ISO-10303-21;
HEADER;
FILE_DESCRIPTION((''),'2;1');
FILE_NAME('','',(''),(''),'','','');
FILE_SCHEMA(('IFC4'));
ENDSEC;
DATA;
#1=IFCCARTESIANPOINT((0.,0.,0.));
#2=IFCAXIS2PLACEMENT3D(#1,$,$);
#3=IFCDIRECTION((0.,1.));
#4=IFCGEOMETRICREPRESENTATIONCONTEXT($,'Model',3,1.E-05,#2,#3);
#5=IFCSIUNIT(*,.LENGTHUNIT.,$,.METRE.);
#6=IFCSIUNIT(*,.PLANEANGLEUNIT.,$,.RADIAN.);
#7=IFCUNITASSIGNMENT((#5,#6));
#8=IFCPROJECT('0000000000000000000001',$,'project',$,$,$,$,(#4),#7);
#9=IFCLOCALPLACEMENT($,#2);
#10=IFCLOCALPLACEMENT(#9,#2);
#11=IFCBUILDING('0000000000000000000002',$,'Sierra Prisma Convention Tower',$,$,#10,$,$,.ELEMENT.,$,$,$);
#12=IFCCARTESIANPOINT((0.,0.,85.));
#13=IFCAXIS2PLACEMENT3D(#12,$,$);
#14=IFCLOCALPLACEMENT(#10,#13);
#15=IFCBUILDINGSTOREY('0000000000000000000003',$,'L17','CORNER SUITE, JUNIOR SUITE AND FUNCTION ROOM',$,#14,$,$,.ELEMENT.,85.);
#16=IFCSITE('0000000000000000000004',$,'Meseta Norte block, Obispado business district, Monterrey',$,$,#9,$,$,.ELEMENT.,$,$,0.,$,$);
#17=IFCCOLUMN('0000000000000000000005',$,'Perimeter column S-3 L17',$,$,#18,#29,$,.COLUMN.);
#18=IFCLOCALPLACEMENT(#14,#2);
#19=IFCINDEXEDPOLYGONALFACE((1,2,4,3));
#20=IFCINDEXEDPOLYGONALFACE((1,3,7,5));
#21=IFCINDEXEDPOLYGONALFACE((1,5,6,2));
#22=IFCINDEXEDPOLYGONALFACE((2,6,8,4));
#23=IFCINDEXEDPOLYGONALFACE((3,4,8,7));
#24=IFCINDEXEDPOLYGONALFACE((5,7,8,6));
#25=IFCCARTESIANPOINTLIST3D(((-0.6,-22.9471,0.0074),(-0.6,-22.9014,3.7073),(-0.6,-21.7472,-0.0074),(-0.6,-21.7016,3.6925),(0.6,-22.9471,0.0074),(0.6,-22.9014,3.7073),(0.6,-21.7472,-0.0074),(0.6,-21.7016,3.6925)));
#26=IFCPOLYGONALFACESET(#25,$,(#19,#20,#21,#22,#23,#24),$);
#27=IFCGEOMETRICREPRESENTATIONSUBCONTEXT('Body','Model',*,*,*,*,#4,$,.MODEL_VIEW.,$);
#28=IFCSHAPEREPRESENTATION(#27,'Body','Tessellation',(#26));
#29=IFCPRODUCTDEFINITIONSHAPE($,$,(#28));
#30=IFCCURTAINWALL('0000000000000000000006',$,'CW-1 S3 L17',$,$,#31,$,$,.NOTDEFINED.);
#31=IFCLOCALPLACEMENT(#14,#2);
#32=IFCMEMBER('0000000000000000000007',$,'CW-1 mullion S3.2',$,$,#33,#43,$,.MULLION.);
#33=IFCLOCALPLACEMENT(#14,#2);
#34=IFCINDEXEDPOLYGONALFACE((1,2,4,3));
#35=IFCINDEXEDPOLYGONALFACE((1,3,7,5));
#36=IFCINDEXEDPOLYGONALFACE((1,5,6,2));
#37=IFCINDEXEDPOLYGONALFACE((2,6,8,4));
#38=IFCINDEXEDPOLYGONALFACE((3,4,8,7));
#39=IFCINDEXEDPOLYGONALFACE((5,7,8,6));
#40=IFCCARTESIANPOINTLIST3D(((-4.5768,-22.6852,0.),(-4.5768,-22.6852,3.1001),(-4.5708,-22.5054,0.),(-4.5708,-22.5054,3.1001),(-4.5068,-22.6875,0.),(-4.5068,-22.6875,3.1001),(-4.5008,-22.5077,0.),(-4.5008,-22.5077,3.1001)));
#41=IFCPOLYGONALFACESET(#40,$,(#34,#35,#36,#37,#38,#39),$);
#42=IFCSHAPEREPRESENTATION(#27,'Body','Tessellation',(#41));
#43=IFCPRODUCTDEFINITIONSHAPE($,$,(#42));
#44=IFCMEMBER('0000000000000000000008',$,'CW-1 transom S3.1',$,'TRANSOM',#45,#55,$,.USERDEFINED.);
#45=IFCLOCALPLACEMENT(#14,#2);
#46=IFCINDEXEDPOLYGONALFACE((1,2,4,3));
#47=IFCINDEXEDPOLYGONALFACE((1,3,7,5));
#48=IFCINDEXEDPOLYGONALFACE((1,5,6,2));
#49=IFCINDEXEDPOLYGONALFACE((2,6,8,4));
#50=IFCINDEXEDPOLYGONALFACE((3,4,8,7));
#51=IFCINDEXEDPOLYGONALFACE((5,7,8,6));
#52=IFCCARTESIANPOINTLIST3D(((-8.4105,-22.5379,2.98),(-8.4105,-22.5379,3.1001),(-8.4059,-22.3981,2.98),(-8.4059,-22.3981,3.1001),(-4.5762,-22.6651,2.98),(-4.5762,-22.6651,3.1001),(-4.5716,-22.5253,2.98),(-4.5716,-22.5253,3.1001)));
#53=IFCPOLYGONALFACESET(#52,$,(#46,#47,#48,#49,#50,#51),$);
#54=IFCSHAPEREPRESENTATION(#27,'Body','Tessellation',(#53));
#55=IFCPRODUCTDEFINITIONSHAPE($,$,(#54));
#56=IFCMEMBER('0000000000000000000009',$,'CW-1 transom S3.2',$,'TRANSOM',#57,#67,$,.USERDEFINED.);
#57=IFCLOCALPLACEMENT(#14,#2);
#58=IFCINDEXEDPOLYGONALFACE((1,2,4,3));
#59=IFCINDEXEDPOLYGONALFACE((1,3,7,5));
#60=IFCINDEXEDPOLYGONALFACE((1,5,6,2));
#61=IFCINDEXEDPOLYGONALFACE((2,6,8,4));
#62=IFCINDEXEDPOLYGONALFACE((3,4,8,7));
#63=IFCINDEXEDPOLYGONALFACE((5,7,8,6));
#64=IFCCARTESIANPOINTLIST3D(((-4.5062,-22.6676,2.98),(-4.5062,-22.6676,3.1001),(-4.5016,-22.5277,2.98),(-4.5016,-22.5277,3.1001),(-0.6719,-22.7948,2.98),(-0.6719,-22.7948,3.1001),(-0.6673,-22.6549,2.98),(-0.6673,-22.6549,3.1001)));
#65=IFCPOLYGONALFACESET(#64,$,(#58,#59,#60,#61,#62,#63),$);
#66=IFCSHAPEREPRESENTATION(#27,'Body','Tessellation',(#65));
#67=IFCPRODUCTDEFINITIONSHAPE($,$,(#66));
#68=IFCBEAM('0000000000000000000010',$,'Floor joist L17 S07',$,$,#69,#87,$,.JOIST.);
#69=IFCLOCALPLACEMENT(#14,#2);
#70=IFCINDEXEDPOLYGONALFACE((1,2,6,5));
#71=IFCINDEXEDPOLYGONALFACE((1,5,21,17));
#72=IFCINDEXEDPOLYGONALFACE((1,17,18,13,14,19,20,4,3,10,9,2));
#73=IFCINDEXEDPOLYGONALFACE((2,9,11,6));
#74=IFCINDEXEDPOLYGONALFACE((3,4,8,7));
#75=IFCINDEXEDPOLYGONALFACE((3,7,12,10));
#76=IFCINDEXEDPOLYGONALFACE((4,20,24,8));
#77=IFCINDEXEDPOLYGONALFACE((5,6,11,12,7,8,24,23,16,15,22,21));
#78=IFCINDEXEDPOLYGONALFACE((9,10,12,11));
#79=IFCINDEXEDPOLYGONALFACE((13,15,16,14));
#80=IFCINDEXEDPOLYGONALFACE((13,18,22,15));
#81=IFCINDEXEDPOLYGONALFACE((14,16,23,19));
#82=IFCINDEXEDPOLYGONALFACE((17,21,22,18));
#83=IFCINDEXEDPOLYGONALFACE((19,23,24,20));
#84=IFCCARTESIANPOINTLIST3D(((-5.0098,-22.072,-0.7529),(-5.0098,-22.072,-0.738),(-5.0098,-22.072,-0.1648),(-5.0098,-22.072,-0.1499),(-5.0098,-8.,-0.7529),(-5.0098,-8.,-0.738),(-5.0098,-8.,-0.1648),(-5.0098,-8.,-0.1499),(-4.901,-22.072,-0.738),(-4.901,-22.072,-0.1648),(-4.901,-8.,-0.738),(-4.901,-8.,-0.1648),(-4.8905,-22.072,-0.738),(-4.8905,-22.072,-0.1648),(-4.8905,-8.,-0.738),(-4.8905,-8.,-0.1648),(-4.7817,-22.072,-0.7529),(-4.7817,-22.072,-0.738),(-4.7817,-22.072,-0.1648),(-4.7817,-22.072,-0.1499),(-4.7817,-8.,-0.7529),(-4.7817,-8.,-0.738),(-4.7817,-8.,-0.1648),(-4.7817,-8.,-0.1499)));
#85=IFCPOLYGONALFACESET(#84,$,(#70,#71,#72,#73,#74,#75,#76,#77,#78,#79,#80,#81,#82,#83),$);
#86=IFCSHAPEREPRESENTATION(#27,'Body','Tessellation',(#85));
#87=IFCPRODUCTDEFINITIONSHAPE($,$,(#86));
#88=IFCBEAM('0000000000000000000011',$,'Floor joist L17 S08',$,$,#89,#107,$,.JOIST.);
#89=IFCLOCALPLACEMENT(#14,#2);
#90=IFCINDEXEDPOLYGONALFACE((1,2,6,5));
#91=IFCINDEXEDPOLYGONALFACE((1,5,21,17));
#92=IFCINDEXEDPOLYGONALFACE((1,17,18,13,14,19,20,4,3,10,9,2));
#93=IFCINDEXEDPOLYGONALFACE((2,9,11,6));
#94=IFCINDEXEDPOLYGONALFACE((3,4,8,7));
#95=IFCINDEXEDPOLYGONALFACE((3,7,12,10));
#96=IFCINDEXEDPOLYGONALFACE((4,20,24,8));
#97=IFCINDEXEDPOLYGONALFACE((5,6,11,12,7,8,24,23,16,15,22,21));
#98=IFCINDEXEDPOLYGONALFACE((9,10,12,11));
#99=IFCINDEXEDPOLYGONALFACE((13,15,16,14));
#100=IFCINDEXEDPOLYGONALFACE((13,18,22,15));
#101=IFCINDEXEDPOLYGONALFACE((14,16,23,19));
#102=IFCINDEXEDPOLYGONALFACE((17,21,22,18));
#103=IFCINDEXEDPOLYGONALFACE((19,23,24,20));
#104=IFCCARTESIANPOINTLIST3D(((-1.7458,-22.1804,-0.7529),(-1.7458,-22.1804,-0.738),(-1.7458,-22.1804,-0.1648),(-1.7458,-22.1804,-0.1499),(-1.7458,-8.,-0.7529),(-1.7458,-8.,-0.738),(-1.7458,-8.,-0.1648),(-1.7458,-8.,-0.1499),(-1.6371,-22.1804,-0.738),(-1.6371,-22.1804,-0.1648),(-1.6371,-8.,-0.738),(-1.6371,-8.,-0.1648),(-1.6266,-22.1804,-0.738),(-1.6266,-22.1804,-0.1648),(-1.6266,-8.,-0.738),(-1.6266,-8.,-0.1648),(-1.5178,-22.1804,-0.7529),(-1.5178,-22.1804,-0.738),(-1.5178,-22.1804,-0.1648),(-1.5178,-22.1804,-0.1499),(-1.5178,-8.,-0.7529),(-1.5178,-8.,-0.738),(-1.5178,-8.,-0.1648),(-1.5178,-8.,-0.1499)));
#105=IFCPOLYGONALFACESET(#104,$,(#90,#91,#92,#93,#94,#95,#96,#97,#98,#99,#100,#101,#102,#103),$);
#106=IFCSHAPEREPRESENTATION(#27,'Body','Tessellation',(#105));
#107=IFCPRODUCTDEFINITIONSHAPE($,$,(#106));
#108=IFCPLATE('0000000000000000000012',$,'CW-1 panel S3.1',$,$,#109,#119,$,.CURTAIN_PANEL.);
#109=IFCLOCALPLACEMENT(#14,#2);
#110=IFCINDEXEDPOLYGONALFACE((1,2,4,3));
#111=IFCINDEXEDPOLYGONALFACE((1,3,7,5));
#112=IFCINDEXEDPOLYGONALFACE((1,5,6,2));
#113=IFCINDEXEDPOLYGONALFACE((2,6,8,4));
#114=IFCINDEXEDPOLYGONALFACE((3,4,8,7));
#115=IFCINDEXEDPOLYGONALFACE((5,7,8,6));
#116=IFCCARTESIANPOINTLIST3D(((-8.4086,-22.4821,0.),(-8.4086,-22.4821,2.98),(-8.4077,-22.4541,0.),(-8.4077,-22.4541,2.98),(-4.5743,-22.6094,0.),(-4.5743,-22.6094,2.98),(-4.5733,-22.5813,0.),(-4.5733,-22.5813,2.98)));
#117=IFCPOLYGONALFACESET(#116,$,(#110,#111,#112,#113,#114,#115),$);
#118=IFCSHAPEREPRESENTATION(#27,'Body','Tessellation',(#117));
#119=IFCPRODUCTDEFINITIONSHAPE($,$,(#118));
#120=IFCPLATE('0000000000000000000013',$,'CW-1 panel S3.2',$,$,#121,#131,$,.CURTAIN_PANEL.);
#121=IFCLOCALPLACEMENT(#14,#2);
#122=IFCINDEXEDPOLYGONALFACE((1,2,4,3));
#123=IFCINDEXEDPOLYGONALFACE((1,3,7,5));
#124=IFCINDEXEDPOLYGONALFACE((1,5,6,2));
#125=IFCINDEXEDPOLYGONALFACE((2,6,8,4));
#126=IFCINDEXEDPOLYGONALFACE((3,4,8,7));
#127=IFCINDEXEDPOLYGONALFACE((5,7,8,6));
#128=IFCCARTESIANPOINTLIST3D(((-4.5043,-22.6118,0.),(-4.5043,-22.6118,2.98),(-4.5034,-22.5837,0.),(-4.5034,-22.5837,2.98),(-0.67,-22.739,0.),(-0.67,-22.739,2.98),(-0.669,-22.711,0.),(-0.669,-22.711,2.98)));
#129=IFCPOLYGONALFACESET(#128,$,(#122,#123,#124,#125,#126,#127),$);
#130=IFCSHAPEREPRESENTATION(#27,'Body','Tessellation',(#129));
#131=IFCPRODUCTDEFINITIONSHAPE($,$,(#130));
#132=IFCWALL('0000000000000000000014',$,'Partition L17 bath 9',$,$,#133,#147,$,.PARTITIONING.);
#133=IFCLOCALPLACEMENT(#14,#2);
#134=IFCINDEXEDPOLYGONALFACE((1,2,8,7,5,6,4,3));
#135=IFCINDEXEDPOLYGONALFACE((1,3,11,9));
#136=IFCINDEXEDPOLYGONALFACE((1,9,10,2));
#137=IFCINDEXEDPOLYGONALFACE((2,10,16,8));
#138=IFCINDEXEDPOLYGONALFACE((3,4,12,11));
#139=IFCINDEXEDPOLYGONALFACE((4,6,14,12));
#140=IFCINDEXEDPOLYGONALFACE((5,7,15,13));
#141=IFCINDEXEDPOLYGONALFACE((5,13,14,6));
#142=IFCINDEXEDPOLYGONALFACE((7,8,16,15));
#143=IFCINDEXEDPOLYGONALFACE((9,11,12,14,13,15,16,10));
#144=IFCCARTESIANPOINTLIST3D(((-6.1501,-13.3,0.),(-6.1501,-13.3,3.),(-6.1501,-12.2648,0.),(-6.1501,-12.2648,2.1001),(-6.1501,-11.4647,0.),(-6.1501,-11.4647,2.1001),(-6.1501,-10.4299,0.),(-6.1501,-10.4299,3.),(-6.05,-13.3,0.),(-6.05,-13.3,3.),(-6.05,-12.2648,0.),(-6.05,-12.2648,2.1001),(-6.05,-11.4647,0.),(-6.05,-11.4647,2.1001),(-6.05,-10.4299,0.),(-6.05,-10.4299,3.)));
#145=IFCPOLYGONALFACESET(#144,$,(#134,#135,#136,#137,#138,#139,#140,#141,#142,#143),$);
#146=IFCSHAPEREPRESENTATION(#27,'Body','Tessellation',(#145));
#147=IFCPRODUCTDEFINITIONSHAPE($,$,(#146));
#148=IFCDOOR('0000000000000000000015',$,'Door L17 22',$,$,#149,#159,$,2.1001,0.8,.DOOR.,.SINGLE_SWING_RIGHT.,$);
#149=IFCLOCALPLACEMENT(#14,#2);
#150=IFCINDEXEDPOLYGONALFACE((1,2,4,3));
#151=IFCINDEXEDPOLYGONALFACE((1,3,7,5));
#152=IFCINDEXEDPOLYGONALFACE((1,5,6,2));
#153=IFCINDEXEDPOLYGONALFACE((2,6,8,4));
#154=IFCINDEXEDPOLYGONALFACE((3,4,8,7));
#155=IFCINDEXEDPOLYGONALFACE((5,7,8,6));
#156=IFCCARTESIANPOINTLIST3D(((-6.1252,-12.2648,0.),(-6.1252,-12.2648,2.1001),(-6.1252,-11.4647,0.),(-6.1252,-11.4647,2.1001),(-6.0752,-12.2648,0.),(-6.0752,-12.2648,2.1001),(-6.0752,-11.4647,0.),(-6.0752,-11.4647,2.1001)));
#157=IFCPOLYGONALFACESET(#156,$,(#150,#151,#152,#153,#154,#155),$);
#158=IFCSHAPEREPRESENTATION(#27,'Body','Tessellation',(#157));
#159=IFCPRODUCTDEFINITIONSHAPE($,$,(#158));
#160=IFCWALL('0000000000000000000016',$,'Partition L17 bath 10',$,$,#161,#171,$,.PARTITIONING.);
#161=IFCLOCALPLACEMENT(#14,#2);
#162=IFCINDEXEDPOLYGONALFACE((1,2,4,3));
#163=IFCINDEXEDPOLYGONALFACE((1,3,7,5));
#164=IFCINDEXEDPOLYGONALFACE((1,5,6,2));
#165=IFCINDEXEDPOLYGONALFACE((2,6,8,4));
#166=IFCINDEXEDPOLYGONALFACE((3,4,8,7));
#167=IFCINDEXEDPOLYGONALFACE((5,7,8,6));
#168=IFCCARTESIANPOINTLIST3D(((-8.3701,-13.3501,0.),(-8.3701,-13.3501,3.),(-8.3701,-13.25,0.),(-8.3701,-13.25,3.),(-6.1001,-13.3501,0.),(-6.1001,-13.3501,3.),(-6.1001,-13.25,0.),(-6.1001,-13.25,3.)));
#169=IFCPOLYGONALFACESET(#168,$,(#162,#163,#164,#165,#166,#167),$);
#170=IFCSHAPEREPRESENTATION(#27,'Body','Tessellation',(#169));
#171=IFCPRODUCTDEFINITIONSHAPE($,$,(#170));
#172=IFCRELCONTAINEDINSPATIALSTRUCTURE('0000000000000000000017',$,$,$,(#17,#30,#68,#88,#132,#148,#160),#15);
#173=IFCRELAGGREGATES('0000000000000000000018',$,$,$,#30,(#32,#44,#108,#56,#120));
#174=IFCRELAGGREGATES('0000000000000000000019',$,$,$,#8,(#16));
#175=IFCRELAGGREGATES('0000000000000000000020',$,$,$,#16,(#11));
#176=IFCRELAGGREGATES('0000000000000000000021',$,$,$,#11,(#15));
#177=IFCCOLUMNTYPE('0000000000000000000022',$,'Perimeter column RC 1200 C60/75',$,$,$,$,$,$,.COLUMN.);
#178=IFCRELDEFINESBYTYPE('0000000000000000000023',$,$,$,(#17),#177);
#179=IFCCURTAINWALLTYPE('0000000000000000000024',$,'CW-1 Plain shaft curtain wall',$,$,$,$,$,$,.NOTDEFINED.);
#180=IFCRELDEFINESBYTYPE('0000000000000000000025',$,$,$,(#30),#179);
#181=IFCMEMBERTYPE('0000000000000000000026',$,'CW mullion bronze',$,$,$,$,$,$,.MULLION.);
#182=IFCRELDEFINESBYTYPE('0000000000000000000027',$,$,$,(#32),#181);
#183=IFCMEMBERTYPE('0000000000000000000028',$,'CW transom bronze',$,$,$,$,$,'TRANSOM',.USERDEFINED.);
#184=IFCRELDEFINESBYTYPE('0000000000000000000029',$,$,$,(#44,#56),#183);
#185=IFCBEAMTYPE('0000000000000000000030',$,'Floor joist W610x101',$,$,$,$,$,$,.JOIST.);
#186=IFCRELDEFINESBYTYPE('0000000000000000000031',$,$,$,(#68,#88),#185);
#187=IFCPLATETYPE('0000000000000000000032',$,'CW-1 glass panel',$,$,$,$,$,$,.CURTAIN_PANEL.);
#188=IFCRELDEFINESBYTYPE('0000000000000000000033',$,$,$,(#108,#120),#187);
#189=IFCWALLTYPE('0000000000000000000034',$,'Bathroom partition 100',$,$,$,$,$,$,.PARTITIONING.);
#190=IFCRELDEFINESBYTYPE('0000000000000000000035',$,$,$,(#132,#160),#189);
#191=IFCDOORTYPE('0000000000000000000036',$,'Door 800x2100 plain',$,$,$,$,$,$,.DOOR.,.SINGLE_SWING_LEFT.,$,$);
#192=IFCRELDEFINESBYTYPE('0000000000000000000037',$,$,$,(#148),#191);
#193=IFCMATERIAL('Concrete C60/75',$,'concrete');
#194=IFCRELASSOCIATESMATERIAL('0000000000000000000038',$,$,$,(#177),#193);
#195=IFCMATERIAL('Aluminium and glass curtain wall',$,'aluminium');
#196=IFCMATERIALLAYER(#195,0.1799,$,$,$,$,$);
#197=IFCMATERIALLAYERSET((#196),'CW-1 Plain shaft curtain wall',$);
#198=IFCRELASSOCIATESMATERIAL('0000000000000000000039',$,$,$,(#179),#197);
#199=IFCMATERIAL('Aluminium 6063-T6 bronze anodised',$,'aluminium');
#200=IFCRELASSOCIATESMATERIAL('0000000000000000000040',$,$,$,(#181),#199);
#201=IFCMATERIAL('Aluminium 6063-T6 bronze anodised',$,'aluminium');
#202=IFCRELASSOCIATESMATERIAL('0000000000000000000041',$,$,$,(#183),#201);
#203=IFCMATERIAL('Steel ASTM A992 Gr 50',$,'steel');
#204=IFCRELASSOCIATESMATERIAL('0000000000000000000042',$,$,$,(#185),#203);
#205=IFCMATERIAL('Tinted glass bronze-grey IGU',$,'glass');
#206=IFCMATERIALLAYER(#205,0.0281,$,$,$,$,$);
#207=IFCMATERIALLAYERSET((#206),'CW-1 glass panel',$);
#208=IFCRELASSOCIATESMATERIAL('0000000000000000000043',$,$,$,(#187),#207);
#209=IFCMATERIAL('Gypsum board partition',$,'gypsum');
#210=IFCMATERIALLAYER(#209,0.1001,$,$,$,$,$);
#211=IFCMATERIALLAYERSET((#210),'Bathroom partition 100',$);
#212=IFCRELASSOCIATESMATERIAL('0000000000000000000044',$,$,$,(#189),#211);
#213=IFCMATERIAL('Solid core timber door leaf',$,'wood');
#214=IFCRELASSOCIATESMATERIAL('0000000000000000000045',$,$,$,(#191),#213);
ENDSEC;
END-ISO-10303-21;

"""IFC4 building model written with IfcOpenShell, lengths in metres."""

from ifc_helpers import new_model, si_unit, direction, frame, frame_2d, origin, origin_2d, place, context, subcontext, project, spatial, rectangle, i_section, extrude, material, layer, layer_set, material_profile, profile_set, type_object, element, fill, aggregate, save


model = new_model("IFC4")

# Units and contexts
model_context = context("Model", 3, precision=1e-05, world=origin(), true_north=direction((0.0, 1.0)))
body_context = subcontext(model_context, "Body", "Model", "MODEL_VIEW")
ifc_project = project(units=[si_unit("LENGTHUNIT", "METRE"), si_unit("PLANEANGLEUNIT", "RADIAN")], contexts=[model_context])

# Site, building, storey
site_placement = place(None, origin())
site = spatial("IfcSite", under=ifc_project, at=site_placement, Name="Meseta Norte block, Obispado business district, Monterrey", CompositionType="ELEMENT", RefElevation=0.0)
building_placement = place(site_placement, origin())
building = spatial("IfcBuilding", under=site, at=building_placement, Name="Sierra Prisma Convention Tower", CompositionType="ELEMENT")
storey_placement = place(building_placement, frame((0.0, 0.0, 85.0)))
storey = spatial("IfcBuildingStorey", under=building, at=storey_placement, Name="L17", Description="CORNER SUITE, JUNIOR SUITE AND FUNCTION ROOM", CompositionType="ELEMENT", Elevation=85.0)

# Column
ifc_material_1 = material(Name="Concrete C60/75", Category="concrete")
ifc_material_profile_1 = material_profile(ifc_material_1, rectangle(XDim=1.2, YDim=1.2, at=origin_2d()), Name="Perimeter column RC 1200 C60/75")
ifc_profile_set_1 = profile_set([ifc_material_profile_1], Name="Concrete C60/75")
column_type = type_object("IfcColumnType", Name="Perimeter column RC 1200 C60/75", PredefinedType="COLUMN", material=ifc_profile_set_1)
column_placement = place(storey_placement, frame((0.0, -22.3472, 0.0), z_axis=(0.0, 0.012338, 0.999924), x_axis=(1.0, 0.0, 0.0)))
element("IfcColumn", 1, at=column_placement, inside=storey, type_object=column_type, Name="Perimeter column S-3 L17", PredefinedType="COLUMN", context=body_context, shape_type="SweptSolid", body=[
    extrude(rectangle(XDim=1.2, YDim=1.2, at=origin_2d()), origin(), (0.0, 0.0, 1.0), 3.7002),
])

# Curtain wall, members
ifc_material_2 = material(Name="Aluminium and glass curtain wall", Category="aluminium")
ifc_layer_1 = layer(ifc_material_2, 0.1799)
ifc_layer_set_1 = layer_set([ifc_layer_1], Name="CW-1 Plain shaft curtain wall")
curtain_wall_type = type_object("IfcCurtainWallType", Name="CW-1 Plain shaft curtain wall", PredefinedType="NOTDEFINED", material=ifc_layer_set_1)
curtain_wall_placement = place(storey_placement, origin())
curtain_wall = element("IfcCurtainWall", 2, at=curtain_wall_placement, inside=storey, type_object=curtain_wall_type, Name="CW-1 S3 L17", PredefinedType="NOTDEFINED")
ifc_material_3 = material(Name="Aluminium 6063-T6 bronze anodised", Category="aluminium")
ifc_material_profile_2 = material_profile(ifc_material_3, rectangle(XDim=0.1799, YDim=0.0701, at=origin_2d()), Name="ALU MULLION 70x180")
ifc_profile_set_2 = profile_set([ifc_material_profile_2], Name="Aluminium 6063-T6 bronze anodised")
member_type_1 = type_object("IfcMemberType", Name="CW mullion bronze", PredefinedType="MULLION", material=ifc_profile_set_2)
member_1_placement = place(storey_placement, frame((-4.5388, -22.5964, 0.0), z_axis=(0.0, 0.0, 1.0), x_axis=(0.033176, 0.99945, 0.0)))
member_1 = element("IfcMember", 3, at=member_1_placement, type_object=member_type_1, Name="CW-1 mullion S3.2", PredefinedType="MULLION", context=body_context, shape_type="SweptSolid", body=[
    extrude(rectangle(XDim=0.1799, YDim=0.0701, at=origin_2d()), origin(), (0.0, 0.0, 1.0), 3.1001),
])
ifc_material_4 = material(Name="Aluminium 6063-T6 bronze anodised", Category="aluminium")
ifc_material_profile_3 = material_profile(ifc_material_4, rectangle(XDim=0.1399, YDim=0.1201, at=origin_2d()), Name="ALU TRANSOM 120x140")
ifc_profile_set_3 = profile_set([ifc_material_profile_3], Name="Aluminium 6063-T6 bronze anodised")
member_type_2 = type_object("IfcMemberType", Name="CW transom bronze", ElementType="TRANSOM", PredefinedType="USERDEFINED", material=ifc_profile_set_3)
member_2_placement = place(storey_placement, frame((-8.4082, -22.468, 3.04), z_axis=(0.99945, -0.033156, 0.0), x_axis=(0.033156, 0.99945, 0.0)))
member_2 = element("IfcMember", 4, at=member_2_placement, type_object=member_type_2, Name="CW-1 transom S3.1", ObjectType="TRANSOM", PredefinedType="USERDEFINED", context=body_context, shape_type="SweptSolid", body=[
    extrude(rectangle(XDim=0.1399, YDim=0.1201, at=origin_2d()), origin(), (0.0, 0.0, 1.0), 3.8364),
])
member_3_placement = place(storey_placement, frame((-4.5039, -22.5977, 3.04), z_axis=(0.99945, -0.033156, 0.0), x_axis=(0.033156, 0.99945, 0.0)))
member_3 = element("IfcMember", 5, at=member_3_placement, type_object=member_type_2, Name="CW-1 transom S3.2", ObjectType="TRANSOM", PredefinedType="USERDEFINED", context=body_context, shape_type="SweptSolid", body=[
    extrude(rectangle(XDim=0.1399, YDim=0.1201, at=origin_2d()), origin(), (0.0, 0.0, 1.0), 3.8364),
])

# Beams
ifc_material_5 = material(Name="Steel ASTM A992 Gr 50", Category="steel")
ifc_material_profile_4 = material_profile(ifc_material_5, i_section(OverallWidth=0.228, OverallDepth=0.603, WebThickness=0.0105, FlangeThickness=0.0149, at=origin_2d()), Name="W610x101")
ifc_profile_set_4 = profile_set([ifc_material_profile_4], Name="Steel ASTM A992 Gr 50")
beam_type = type_object("IfcBeamType", Name="Floor joist W610x101", PredefinedType="JOIST", material=ifc_profile_set_4)
beam_1_placement = place(storey_placement, frame((-4.8958, -22.072, -0.4514), z_axis=(0.0, 1.0, 0.0), x_axis=(-1.0, 0.0, 0.0)))
element("IfcBeam", 6, at=beam_1_placement, inside=storey, type_object=beam_type, Name="Floor joist L17 S07", PredefinedType="JOIST", context=body_context, shape_type="SweptSolid", body=[
    extrude(i_section(OverallWidth=0.228, OverallDepth=0.603, WebThickness=0.0105, FlangeThickness=0.0149, at=origin_2d()), origin(), (0.0, 0.0, 1.0), 14.072),
])
beam_2_placement = place(storey_placement, frame((-1.6318, -22.1804, -0.4514), z_axis=(0.0, 1.0, 0.0), x_axis=(-1.0, 0.0, 0.0)))
element("IfcBeam", 7, at=beam_2_placement, inside=storey, type_object=beam_type, Name="Floor joist L17 S08", PredefinedType="JOIST", context=body_context, shape_type="SweptSolid", body=[
    extrude(i_section(OverallWidth=0.228, OverallDepth=0.603, WebThickness=0.0105, FlangeThickness=0.0149, at=origin_2d()), origin(), (0.0, 0.0, 1.0), 14.1804),
])

# Plates
ifc_material_6 = material(Name="Tinted glass bronze-grey IGU", Category="glass")
ifc_layer_2 = layer(ifc_material_6, 0.0281)
ifc_layer_set_2 = layer_set([ifc_layer_2], Name="CW-1 glass panel")
plate_type = type_object("IfcPlateType", Name="CW-1 glass panel", PredefinedType="CURTAIN_PANEL", material=ifc_layer_set_2)
plate_1_placement = place(storey_placement, frame((-6.491, -22.5317, 0.0), z_axis=(0.0, 0.0, 1.0), x_axis=(0.99945, -0.033176, 0.0)))
plate_1 = element("IfcPlate", 8, at=plate_1_placement, type_object=plate_type, Name="CW-1 panel S3.1", PredefinedType="CURTAIN_PANEL", context=body_context, shape_type="SweptSolid", body=[
    extrude(rectangle(XDim=3.8364, YDim=0.0281, at=origin_2d()), origin(), (0.0, 0.0, 1.0), 2.98),
])
plate_2_placement = place(storey_placement, frame((-2.5867, -22.6614, 0.0), z_axis=(0.0, 0.0, 1.0), x_axis=(0.99945, -0.033176, 0.0)))
plate_2 = element("IfcPlate", 9, at=plate_2_placement, type_object=plate_type, Name="CW-1 panel S3.2", PredefinedType="CURTAIN_PANEL", context=body_context, shape_type="SweptSolid", body=[
    extrude(rectangle(XDim=3.8364, YDim=0.0281, at=origin_2d()), origin(), (0.0, 0.0, 1.0), 2.98),
])
aggregate(curtain_wall, [member_1, member_2, plate_1, member_3, plate_2])

# Wall, opening, door
ifc_material_7 = material(Name="Gypsum board partition", Category="gypsum")
ifc_layer_3 = layer(ifc_material_7, 0.1001)
ifc_layer_set_3 = layer_set([ifc_layer_3], Name="Bathroom partition 100")
wall_type_1 = type_object("IfcWallType", Name="Bathroom partition 100", PredefinedType="PARTITIONING", material=ifc_layer_set_3)
wall_1_placement = place(storey_placement, frame((-6.1001, -10.4299, 0.0), z_axis=(0.0, 0.0, 1.0), x_axis=(0.0, -1.0, 0.0)))
wall_1 = element("IfcWall", 10, at=wall_1_placement, inside=storey, type_object=wall_type_1, Name="Partition L17 bath 9", PredefinedType="PARTITIONING", context=body_context, shape_type="SweptSolid", body=[
    extrude(rectangle(XDim=2.8701, YDim=0.1001, at=frame_2d((1.4351, 0.0))), origin(), (0.0, 0.0, 1.0), 3.0),
])
opening_1_placement = place(wall_1_placement, frame((1.0349, 0.0, 0.0)))
opening_1 = element("IfcOpeningElement", 11, at=opening_1_placement, cuts=wall_1, PredefinedType="OPENING", context=body_context, shape_type="SweptSolid", body=[
    extrude(rectangle(XDim=0.8, YDim=2.1001, at=frame_2d((0.3999, 1.05))), frame((0.0, 0.05, 0.0), z_axis=(0.0, -1.0, 0.0), x_axis=(1.0, 0.0, 0.0)), (0.0, 0.0, 1.0), 0.1001),
])
ifc_material_8 = material(Name="Solid core timber door leaf", Category="wood")
door_type = type_object("IfcDoorType", Name="Door 800x2100 plain", OperationType="SINGLE_SWING_LEFT", PredefinedType="DOOR", material=ifc_material_8)
door_1_placement = place(opening_1_placement, origin())
door_1 = element("IfcDoor", 12, at=door_1_placement, inside=storey, type_object=door_type, Name="Door L17 22", OperationType="SINGLE_SWING_RIGHT", OverallHeight=2.1001, OverallWidth=0.8, PredefinedType="DOOR", context=body_context, shape_type="SweptSolid", body=[
    extrude(rectangle(XDim=0.8, YDim=2.1001, at=frame_2d((0.3999, 1.05))), frame((0.0, 0.0249, 0.0), z_axis=(0.0, -1.0, 0.0), x_axis=(1.0, 0.0, 0.0)), (0.0, 0.0, 1.0), 0.05),
])
fill(opening_1, door_1)

# Wall
wall_2_placement = place(storey_placement, frame((-6.1001, -13.3, 0.0), z_axis=(0.0, 0.0, 1.0), x_axis=(-1.0, 0.0, 0.0)))
element("IfcWall", 13, at=wall_2_placement, inside=storey, type_object=wall_type_1, Name="Partition L17 bath 10", PredefinedType="PARTITIONING", context=body_context, shape_type="SweptSolid", body=[
    extrude(rectangle(XDim=2.27, YDim=0.1001, at=frame_2d((1.135, 0.0))), origin(), (0.0, 0.0, 1.0), 3.0),
])

save(model, "model.ifc")
